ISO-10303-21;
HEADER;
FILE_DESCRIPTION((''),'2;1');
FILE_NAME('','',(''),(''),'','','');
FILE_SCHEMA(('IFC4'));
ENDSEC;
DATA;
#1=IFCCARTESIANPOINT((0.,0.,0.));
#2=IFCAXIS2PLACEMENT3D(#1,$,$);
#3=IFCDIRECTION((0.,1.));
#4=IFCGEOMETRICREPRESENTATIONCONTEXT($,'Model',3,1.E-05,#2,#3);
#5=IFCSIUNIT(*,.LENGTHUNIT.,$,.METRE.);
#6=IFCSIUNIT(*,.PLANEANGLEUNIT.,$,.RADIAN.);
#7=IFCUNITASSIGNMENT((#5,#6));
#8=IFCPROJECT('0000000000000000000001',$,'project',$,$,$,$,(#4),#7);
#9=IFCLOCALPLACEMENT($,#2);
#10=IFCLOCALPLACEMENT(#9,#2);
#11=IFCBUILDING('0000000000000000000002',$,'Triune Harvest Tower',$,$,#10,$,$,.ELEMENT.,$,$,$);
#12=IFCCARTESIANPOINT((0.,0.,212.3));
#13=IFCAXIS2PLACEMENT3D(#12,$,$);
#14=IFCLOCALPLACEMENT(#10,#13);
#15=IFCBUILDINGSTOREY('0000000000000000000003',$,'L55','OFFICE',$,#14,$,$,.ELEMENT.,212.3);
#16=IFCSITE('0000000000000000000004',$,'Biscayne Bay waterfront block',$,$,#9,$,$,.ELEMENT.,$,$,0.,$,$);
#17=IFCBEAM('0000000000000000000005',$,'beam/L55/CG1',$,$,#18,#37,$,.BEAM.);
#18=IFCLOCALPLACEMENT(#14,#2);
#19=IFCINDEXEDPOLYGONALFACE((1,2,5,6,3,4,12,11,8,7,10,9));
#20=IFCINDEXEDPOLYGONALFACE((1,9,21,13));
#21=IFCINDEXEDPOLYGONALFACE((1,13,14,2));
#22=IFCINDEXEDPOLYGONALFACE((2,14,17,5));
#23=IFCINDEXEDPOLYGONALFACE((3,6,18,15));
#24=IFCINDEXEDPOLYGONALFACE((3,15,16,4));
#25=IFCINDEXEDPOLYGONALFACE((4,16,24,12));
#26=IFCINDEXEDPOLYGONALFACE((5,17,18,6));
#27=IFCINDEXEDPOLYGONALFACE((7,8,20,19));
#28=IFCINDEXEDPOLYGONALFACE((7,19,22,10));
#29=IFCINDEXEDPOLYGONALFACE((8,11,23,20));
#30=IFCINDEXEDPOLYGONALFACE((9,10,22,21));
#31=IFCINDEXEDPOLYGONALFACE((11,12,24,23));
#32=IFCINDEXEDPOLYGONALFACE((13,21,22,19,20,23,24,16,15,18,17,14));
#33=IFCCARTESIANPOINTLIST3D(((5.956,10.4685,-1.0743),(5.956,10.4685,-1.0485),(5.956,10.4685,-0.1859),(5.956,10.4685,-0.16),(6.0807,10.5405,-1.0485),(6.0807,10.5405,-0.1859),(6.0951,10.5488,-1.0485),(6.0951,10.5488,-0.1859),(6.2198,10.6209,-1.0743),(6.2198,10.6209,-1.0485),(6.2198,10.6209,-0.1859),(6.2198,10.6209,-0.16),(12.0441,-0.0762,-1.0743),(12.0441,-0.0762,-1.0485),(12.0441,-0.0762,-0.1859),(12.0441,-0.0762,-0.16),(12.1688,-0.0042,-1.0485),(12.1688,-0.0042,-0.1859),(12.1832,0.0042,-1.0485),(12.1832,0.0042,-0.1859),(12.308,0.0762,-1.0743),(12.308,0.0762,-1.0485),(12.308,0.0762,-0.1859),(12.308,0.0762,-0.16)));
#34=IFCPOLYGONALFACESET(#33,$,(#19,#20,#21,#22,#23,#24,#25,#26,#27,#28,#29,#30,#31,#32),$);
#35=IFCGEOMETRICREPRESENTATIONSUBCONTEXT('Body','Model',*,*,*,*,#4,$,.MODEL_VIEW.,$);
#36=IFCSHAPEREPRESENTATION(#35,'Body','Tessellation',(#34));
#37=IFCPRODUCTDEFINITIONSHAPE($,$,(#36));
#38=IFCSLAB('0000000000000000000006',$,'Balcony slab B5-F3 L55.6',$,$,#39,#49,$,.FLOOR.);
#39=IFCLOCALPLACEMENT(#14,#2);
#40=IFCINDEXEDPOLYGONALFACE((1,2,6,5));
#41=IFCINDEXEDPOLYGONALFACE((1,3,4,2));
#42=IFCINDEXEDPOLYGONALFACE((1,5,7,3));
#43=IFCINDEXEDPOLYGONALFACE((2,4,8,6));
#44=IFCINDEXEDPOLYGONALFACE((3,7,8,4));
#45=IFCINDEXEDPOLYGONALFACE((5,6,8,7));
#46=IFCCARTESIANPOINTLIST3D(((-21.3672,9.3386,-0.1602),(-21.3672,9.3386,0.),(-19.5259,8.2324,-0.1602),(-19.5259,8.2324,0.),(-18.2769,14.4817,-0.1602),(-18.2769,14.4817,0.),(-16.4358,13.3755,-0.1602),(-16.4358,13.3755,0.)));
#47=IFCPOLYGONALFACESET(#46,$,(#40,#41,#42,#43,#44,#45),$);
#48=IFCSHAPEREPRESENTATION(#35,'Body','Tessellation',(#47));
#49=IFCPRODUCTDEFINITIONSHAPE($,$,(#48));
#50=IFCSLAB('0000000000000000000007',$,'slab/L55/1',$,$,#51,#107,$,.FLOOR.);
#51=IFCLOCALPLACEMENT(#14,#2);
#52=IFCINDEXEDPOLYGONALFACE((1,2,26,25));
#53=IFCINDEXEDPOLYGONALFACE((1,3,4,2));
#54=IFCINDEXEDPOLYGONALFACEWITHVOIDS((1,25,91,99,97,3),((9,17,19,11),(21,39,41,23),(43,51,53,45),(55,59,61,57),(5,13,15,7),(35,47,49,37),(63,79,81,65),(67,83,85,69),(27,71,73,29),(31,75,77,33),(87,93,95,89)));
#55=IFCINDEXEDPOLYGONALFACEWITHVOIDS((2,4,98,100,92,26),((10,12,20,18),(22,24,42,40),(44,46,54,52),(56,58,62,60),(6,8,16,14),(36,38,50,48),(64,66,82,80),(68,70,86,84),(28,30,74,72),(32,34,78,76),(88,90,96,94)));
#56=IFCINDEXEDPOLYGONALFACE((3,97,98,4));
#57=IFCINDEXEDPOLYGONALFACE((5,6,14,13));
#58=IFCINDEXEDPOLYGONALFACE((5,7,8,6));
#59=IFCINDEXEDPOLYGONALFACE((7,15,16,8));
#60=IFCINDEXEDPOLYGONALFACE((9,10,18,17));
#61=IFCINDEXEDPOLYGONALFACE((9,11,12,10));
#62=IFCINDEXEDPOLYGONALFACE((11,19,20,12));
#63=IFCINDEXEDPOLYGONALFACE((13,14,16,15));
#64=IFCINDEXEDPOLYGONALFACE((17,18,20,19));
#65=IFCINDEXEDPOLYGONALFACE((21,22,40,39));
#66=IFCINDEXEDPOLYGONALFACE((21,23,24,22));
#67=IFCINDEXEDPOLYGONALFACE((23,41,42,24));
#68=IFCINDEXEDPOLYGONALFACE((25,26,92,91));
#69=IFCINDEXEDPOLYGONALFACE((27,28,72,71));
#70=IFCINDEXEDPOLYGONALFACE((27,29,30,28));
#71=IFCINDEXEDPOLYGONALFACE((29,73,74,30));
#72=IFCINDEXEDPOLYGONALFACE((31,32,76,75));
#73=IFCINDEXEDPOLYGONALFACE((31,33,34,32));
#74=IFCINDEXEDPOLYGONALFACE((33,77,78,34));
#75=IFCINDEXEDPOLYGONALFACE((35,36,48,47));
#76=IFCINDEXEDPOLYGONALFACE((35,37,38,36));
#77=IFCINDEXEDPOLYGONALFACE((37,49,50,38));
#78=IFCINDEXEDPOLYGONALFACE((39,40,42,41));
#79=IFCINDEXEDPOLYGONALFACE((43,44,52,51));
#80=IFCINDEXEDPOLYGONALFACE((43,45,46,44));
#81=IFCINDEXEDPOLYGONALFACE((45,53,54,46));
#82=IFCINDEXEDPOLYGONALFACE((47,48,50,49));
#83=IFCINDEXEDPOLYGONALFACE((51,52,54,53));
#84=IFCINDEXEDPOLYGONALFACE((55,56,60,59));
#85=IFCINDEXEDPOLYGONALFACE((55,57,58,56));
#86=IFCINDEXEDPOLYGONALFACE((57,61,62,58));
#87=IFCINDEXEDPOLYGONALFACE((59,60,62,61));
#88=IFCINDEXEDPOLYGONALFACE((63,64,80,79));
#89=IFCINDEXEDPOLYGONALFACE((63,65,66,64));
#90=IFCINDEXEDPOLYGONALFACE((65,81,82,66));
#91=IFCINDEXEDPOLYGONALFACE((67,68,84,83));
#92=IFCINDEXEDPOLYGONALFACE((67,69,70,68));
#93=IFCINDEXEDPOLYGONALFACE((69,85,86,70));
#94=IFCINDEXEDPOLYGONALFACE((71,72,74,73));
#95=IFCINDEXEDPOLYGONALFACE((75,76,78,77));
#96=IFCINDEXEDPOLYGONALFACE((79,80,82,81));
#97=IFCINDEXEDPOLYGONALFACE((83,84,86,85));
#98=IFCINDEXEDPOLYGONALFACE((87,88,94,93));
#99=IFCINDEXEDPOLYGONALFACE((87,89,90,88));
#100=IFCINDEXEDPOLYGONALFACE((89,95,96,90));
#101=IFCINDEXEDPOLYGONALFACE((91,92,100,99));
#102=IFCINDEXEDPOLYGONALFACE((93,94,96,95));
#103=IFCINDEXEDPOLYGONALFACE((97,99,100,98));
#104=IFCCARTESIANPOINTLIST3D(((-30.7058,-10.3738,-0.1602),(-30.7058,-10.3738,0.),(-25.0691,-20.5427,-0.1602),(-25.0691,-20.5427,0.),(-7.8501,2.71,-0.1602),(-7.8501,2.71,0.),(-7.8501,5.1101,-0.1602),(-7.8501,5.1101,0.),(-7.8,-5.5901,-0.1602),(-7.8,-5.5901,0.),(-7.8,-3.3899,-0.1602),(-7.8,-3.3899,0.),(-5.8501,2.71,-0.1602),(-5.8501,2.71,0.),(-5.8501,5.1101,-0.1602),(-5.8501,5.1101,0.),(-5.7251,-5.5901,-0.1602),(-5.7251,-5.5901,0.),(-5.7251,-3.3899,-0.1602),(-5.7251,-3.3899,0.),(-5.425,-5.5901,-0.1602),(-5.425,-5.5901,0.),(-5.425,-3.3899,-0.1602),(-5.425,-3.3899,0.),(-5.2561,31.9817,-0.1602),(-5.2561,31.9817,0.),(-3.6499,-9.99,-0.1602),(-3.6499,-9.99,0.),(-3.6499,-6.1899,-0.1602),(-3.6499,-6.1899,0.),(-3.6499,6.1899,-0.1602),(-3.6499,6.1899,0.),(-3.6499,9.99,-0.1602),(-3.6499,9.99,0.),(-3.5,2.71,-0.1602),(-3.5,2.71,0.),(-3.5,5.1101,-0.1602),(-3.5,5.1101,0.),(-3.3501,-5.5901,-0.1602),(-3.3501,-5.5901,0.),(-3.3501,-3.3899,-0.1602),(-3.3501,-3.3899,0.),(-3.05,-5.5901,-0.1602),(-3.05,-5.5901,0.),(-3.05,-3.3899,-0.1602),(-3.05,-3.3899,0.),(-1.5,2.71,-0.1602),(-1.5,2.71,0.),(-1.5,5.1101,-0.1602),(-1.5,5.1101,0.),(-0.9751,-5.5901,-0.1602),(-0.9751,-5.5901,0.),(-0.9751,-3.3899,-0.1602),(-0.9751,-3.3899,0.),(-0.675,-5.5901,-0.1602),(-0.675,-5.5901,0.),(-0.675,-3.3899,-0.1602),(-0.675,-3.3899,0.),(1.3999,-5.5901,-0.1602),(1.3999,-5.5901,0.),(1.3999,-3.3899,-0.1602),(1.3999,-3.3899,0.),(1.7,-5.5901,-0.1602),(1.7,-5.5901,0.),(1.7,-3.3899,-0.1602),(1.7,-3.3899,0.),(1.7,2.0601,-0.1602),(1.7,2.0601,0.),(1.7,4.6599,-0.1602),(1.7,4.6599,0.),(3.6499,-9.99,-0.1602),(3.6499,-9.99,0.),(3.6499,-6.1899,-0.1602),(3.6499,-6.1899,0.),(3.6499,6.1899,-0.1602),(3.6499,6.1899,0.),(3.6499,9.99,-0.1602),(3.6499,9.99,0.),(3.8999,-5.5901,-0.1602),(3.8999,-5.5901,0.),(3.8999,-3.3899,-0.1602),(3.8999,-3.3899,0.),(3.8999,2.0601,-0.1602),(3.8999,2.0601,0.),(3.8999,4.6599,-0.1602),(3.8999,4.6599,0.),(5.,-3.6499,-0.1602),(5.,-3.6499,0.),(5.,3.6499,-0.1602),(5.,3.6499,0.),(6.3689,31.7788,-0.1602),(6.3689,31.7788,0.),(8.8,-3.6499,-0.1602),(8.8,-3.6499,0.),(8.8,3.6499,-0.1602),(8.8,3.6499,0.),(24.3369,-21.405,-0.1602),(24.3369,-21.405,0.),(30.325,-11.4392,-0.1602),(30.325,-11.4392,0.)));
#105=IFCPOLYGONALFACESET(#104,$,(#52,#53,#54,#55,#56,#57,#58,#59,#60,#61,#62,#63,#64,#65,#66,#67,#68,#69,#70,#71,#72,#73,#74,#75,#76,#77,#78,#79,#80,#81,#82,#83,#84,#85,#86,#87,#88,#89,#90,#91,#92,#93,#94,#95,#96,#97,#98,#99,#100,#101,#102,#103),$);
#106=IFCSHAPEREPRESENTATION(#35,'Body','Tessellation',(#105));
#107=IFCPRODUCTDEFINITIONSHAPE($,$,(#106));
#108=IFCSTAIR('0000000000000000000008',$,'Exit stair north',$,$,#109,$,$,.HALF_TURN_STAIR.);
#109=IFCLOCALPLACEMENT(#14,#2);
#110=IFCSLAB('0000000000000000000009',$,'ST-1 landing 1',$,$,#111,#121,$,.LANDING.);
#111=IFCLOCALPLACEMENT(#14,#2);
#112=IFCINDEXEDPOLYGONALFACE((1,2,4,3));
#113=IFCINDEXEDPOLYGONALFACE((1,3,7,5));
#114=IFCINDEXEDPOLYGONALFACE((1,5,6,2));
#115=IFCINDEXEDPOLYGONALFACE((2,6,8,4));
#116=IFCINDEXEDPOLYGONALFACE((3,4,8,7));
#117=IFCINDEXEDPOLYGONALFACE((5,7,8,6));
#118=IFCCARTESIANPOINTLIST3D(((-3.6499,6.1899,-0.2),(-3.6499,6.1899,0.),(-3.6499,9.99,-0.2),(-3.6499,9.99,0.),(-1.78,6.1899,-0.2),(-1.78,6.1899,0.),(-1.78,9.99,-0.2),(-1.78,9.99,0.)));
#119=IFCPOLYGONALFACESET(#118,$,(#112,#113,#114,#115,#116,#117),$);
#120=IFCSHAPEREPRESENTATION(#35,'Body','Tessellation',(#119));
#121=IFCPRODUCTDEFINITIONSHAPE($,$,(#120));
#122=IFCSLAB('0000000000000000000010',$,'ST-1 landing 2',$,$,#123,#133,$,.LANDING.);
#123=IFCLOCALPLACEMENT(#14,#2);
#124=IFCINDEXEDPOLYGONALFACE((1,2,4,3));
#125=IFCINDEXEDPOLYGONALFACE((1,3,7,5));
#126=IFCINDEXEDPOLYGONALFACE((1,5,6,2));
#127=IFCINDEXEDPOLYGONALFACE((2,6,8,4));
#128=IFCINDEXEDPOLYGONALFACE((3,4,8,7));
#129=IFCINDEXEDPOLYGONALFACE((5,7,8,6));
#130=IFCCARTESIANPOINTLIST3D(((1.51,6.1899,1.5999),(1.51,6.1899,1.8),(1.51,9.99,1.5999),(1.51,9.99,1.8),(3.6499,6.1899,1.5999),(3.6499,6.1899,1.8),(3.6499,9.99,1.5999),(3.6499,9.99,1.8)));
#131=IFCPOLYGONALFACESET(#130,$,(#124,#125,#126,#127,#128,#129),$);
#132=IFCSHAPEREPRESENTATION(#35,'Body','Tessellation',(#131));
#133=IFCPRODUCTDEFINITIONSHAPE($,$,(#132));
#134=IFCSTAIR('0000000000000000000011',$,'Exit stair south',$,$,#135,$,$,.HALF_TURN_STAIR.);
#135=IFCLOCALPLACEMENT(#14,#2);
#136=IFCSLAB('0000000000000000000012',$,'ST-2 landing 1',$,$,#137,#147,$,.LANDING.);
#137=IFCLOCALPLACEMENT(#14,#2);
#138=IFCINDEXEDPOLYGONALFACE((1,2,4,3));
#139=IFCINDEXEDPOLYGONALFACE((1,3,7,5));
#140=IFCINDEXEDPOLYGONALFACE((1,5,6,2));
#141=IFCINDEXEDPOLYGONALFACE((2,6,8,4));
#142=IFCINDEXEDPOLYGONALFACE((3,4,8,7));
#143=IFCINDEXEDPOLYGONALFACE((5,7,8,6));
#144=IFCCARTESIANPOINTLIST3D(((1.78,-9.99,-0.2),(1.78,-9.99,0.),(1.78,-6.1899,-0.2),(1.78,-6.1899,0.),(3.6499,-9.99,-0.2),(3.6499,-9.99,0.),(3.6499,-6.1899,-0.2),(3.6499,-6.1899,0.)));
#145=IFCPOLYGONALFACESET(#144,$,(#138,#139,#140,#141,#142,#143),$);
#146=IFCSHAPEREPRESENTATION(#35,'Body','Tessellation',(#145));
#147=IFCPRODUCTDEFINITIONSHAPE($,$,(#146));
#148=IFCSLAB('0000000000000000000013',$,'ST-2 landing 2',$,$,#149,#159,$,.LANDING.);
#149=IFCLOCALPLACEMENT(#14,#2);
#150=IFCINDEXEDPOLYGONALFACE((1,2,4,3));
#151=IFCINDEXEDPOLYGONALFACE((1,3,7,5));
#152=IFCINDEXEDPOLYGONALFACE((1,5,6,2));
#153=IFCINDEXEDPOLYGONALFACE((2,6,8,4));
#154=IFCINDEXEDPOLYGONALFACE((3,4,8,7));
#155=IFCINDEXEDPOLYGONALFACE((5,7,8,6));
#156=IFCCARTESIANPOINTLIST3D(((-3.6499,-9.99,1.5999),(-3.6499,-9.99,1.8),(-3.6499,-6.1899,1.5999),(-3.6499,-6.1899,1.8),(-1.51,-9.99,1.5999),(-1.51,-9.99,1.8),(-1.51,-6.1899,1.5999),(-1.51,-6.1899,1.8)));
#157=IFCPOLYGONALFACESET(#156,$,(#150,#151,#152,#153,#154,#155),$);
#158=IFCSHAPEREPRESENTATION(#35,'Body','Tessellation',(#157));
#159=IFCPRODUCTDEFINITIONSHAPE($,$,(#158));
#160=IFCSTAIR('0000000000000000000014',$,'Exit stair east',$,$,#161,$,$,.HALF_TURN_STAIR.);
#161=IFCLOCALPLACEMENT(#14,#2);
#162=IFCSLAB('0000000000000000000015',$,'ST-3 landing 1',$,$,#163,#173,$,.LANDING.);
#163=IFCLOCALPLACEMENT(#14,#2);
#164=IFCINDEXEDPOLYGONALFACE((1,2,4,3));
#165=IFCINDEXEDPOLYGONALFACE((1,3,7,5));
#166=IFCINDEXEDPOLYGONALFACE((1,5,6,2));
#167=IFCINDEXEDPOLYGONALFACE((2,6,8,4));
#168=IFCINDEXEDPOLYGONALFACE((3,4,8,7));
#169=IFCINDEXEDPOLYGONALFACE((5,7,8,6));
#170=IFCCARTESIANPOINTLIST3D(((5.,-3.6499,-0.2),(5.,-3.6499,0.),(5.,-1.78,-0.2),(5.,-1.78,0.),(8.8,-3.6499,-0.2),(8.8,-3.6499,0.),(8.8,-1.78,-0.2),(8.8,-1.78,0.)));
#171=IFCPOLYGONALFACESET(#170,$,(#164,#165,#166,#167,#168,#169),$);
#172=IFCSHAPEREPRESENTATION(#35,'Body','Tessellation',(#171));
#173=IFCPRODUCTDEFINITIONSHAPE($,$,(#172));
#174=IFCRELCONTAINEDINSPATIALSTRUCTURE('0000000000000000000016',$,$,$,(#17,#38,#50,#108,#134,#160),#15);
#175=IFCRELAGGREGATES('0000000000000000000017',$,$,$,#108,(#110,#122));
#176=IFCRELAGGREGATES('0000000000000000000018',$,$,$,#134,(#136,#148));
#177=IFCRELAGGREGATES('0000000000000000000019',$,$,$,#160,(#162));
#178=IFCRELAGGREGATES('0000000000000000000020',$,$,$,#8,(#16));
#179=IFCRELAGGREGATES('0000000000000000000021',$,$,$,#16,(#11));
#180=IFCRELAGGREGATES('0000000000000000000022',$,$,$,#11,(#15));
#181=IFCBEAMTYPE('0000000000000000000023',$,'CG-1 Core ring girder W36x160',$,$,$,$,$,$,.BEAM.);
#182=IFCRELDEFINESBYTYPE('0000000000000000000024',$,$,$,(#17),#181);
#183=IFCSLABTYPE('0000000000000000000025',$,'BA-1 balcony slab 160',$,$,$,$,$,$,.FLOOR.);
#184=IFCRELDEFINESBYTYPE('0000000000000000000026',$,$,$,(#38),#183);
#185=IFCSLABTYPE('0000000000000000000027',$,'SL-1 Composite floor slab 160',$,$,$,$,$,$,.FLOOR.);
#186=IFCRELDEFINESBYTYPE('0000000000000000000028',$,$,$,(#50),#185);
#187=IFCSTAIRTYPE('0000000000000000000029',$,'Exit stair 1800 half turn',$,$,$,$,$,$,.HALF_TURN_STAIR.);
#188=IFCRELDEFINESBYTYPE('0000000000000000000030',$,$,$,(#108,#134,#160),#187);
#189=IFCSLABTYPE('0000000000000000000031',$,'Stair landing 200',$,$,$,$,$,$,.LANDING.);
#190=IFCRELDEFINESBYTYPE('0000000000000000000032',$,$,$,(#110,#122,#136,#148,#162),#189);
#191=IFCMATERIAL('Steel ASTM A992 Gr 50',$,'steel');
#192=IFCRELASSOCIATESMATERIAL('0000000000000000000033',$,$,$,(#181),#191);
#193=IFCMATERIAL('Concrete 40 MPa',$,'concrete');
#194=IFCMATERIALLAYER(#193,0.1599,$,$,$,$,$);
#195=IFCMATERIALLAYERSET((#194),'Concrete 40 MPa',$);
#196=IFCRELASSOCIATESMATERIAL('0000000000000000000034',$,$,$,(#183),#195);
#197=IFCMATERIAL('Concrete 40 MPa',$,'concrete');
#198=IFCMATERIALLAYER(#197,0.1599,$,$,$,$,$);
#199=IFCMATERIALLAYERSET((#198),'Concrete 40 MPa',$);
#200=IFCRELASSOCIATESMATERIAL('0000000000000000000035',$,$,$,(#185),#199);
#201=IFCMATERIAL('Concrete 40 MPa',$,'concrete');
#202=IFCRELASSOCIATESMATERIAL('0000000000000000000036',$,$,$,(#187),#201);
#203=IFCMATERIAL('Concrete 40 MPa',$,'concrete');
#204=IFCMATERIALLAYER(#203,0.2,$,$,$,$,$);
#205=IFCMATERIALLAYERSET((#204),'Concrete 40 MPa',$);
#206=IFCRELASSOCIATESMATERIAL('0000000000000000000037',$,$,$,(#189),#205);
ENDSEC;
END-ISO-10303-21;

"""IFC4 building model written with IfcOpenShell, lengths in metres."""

from ifc_helpers import new_model, si_unit, direction, frame, origin, origin_2d, place, context, subcontext, project, spatial, polyline, i_section, outline, extrude, source, transform, mapped, material, layer, layer_set, material_profile, profile_set, type_object, element, aggregate, save


model = new_model("IFC4")

# Units and contexts
model_context = context("Model", 3, precision=1e-05, world=origin(), true_north=direction((0.0, 1.0)))
body_context = subcontext(model_context, "Body", "Model", "MODEL_VIEW")
ifc_project = project(units=[si_unit("LENGTHUNIT", "METRE"), si_unit("PLANEANGLEUNIT", "RADIAN")], contexts=[model_context])

# Site, building, storey
site_placement = place(None, origin())
site = spatial("IfcSite", under=ifc_project, at=site_placement, Name="Biscayne Bay waterfront block", CompositionType="ELEMENT", RefElevation=0.0)
building_placement = place(site_placement, origin())
building = spatial("IfcBuilding", under=site, at=building_placement, Name="Triune Harvest Tower", CompositionType="ELEMENT")
storey_placement = place(building_placement, frame((0.0, 0.0, 212.3)))
storey = spatial("IfcBuildingStorey", under=building, at=storey_placement, Name="L55", Description="OFFICE", CompositionType="ELEMENT", Elevation=212.3)

# Beam
ifc_material_1 = material(Name="Steel ASTM A992 Gr 50", Category="steel")
ifc_material_profile = material_profile(ifc_material_1, i_section(OverallWidth=0.3047, OverallDepth=0.9143, WebThickness=0.0166, FlangeThickness=0.0259, at=origin_2d()), Name="W36x160")
ifc_profile_set = profile_set([ifc_material_profile], Name="Steel ASTM A992 Gr 50")
beam_type = type_object("IfcBeamType", Name="CG-1 Core ring girder W36x160", PredefinedType="BEAM", material=ifc_profile_set)
shared_shape_1 = source(origin(), body_context, "Body", "SweptSolid", [
    extrude(i_section(OverallWidth=0.3047, OverallDepth=0.9143, WebThickness=0.0166, FlangeThickness=0.0259, at=origin_2d()), origin(), (0.0, 0.0, 1.0), 12.176),
])
beam_placement = place(storey_placement, frame((12.176, 0.0, -0.6172), z_axis=(-0.50001, 0.86602, 0.0), x_axis=(-0.86602, -0.50001, 0.0)))
element("IfcBeam", 1, at=beam_placement, inside=storey, type_object=beam_type, Name="beam/L55/CG1", PredefinedType="BEAM", context=body_context, shape_type="MappedRepresentation", body=[
    mapped(shared_shape_1, transform((0.0, 0.0, 0.0), scale=1.0)),
])

# Slabs
ifc_material_2 = material(Name="Concrete 40 MPa", Category="concrete")
ifc_layer_1 = layer(ifc_material_2, 0.1599)
ifc_layer_set_1 = layer_set([ifc_layer_1], Name="Concrete 40 MPa")
slab_type_1 = type_object("IfcSlabType", Name="BA-1 balcony slab 160", PredefinedType="FLOOR", material=ifc_layer_set_1)
slab_1_placement = place(storey_placement, frame((0.0, 0.0, -0.1602)))
element("IfcSlab", 2, at=slab_1_placement, inside=storey, type_object=slab_type_1, Name="Balcony slab B5-F3 L55.6", PredefinedType="FLOOR", context=body_context, shape_type="SweptSolid", body=[
    extrude(outline(polyline([(-16.4358, 13.3755), (-19.5259, 8.2324), (-21.3672, 9.3386), (-18.2769, 14.4817), (-16.4358, 13.3755)])), origin(), (0.0, 0.0, 1.0), 0.1602),
])
ifc_material_3 = material(Name="Concrete 40 MPa", Category="concrete")
ifc_layer_2 = layer(ifc_material_3, 0.1599)
ifc_layer_set_2 = layer_set([ifc_layer_2], Name="Concrete 40 MPa")
slab_type_2 = type_object("IfcSlabType", Name="SL-1 Composite floor slab 160", PredefinedType="FLOOR", material=ifc_layer_set_2)
shared_shape_2 = source(origin(), body_context, "Body", "SweptSolid", [
    extrude(outline(polyline([(30.325, -11.4392), (6.3689, 31.7788), (-5.2561, 31.9817), (-30.7058, -10.3738), (-25.0691, -20.5427), (24.3369, -21.405), (30.325, -11.4392)]), holes=[polyline([(-5.7251, -5.5901), (-5.7251, -3.3899), (-7.8, -3.3899), (-7.8, -5.5901), (-5.7251, -5.5901)]), polyline([(-3.3501, -5.5901), (-3.3501, -3.3899), (-5.425, -3.3899), (-5.425, -5.5901), (-3.3501, -5.5901)]), polyline([(-0.9751, -5.5901), (-0.9751, -3.3899), (-3.05, -3.3899), (-3.05, -5.5901), (-0.9751, -5.5901)]), polyline([(1.3999, -5.5901), (1.3999, -3.3899), (-0.675, -3.3899), (-0.675, -5.5901), (1.3999, -5.5901)]), polyline([(3.8999, 2.0601), (3.8999, 4.6599), (1.7, 4.6599), (1.7, 2.0601), (3.8999, 2.0601)]), polyline([(3.8999, -5.5901), (3.8999, -3.3899), (1.7, -3.3899), (1.7, -5.5901), (3.8999, -5.5901)]), polyline([(-5.8501, 2.71), (-5.8501, 5.1101), (-7.8501, 5.1101), (-7.8501, 2.71), (-5.8501, 2.71)]), polyline([(-1.5, 2.71), (-1.5, 5.1101), (-3.5, 5.1101), (-3.5, 2.71), (-1.5, 2.71)]), polyline([(3.6499, 6.1899), (3.6499, 9.99), (-3.6499, 9.99), (-3.6499, 6.1899), (3.6499, 6.1899)]), polyline([(3.6499, -9.99), (3.6499, -6.1899), (-3.6499, -6.1899), (-3.6499, -9.99), (3.6499, -9.99)]), polyline([(8.8, -3.6499), (8.8, 3.6499), (5.0, 3.6499), (5.0, -3.6499), (8.8, -3.6499)])]), origin(), (0.0, 0.0, 1.0), 0.1602),
])
slab_2_placement = place(storey_placement, frame((0.0, 0.0, -0.1602)))
element("IfcSlab", 3, at=slab_2_placement, inside=storey, type_object=slab_type_2, Name="slab/L55/1", PredefinedType="FLOOR", context=body_context, shape_type="MappedRepresentation", body=[
    mapped(shared_shape_2, transform((0.0, 0.0, 0.0), scale=1.0)),
])

# Stairs, slabs
ifc_material_4 = material(Name="Concrete 40 MPa", Category="concrete")
stair_type = type_object("IfcStairType", Name="Exit stair 1800 half turn", PredefinedType="HALF_TURN_STAIR", material=ifc_material_4)
stair_1_placement = place(storey_placement, origin())
stair_1 = element("IfcStair", 4, at=stair_1_placement, inside=storey, type_object=stair_type, Name="Exit stair north", PredefinedType="HALF_TURN_STAIR")
ifc_material_5 = material(Name="Concrete 40 MPa", Category="concrete")
ifc_layer_3 = layer(ifc_material_5, 0.2)
ifc_layer_set_3 = layer_set([ifc_layer_3], Name="Concrete 40 MPa")
slab_type_3 = type_object("IfcSlabType", Name="Stair landing 200", PredefinedType="LANDING", material=ifc_layer_set_3)
shared_shape_3 = source(origin(), body_context, "Body", "SweptSolid", [
    extrude(outline(polyline([(-3.6499, 6.1899), (-1.78, 6.1899), (-1.78, 9.99), (-3.6499, 9.99), (-3.6499, 6.1899)])), origin(), (0.0, 0.0, 1.0), 0.2),
])
slab_3_placement = place(storey_placement, frame((0.0, 0.0, -0.2)))
slab_3 = element("IfcSlab", 5, at=slab_3_placement, type_object=slab_type_3, Name="ST-1 landing 1", PredefinedType="LANDING", context=body_context, shape_type="MappedRepresentation", body=[
    mapped(shared_shape_3, transform((0.0, 0.0, 0.0), scale=1.0)),
])
shared_shape_4 = source(origin(), body_context, "Body", "SweptSolid", [
    extrude(outline(polyline([(1.51, 6.1899), (3.6499, 6.1899), (3.6499, 9.99), (1.51, 9.99), (1.51, 6.1899)])), origin(), (0.0, 0.0, 1.0), 0.2002),
])
slab_4_placement = place(storey_placement, frame((0.0, 0.0, 1.5999)))
slab_4 = element("IfcSlab", 6, at=slab_4_placement, type_object=slab_type_3, Name="ST-1 landing 2", PredefinedType="LANDING", context=body_context, shape_type="MappedRepresentation", body=[
    mapped(shared_shape_4, transform((0.0, 0.0, 0.0), scale=1.0)),
])
aggregate(stair_1, [slab_3, slab_4])
stair_2_placement = place(storey_placement, origin())
stair_2 = element("IfcStair", 7, at=stair_2_placement, inside=storey, type_object=stair_type, Name="Exit stair south", PredefinedType="HALF_TURN_STAIR")
shared_shape_5 = source(origin(), body_context, "Body", "SweptSolid", [
    extrude(outline(polyline([(3.6499, -6.1899), (1.78, -6.1899), (1.78, -9.99), (3.6499, -9.99), (3.6499, -6.1899)])), origin(), (0.0, 0.0, 1.0), 0.2),
])
slab_5_placement = place(storey_placement, frame((0.0, 0.0, -0.2)))
slab_5 = element("IfcSlab", 8, at=slab_5_placement, type_object=slab_type_3, Name="ST-2 landing 1", PredefinedType="LANDING", context=body_context, shape_type="MappedRepresentation", body=[
    mapped(shared_shape_5, transform((0.0, 0.0, 0.0), scale=1.0)),
])
shared_shape_6 = source(origin(), body_context, "Body", "SweptSolid", [
    extrude(outline(polyline([(-1.51, -6.1899), (-3.6499, -6.1899), (-3.6499, -9.99), (-1.51, -9.99), (-1.51, -6.1899)])), origin(), (0.0, 0.0, 1.0), 0.2002),
])
slab_6_placement = place(storey_placement, frame((0.0, 0.0, 1.5999)))
slab_6 = element("IfcSlab", 9, at=slab_6_placement, type_object=slab_type_3, Name="ST-2 landing 2", PredefinedType="LANDING", context=body_context, shape_type="MappedRepresentation", body=[
    mapped(shared_shape_6, transform((0.0, 0.0, 0.0), scale=1.0)),
])
aggregate(stair_2, [slab_5, slab_6])
stair_3_placement = place(storey_placement, origin())
stair_3 = element("IfcStair", 10, at=stair_3_placement, inside=storey, type_object=stair_type, Name="Exit stair east", PredefinedType="HALF_TURN_STAIR")
shared_shape_7 = source(origin(), body_context, "Body", "SweptSolid", [
    extrude(outline(polyline([(8.8, -3.6499), (8.8, -1.78), (5.0, -1.78), (5.0, -3.6499), (8.8, -3.6499)])), origin(), (0.0, 0.0, 1.0), 0.2),
])
slab_7_placement = place(storey_placement, frame((0.0, 0.0, -0.2)))
slab_7 = element("IfcSlab", 11, at=slab_7_placement, type_object=slab_type_3, Name="ST-3 landing 1", PredefinedType="LANDING", context=body_context, shape_type="MappedRepresentation", body=[
    mapped(shared_shape_7, transform((0.0, 0.0, 0.0), scale=1.0)),
])

aggregate(stair_3, [slab_7])

save(model, "model.ifc")
